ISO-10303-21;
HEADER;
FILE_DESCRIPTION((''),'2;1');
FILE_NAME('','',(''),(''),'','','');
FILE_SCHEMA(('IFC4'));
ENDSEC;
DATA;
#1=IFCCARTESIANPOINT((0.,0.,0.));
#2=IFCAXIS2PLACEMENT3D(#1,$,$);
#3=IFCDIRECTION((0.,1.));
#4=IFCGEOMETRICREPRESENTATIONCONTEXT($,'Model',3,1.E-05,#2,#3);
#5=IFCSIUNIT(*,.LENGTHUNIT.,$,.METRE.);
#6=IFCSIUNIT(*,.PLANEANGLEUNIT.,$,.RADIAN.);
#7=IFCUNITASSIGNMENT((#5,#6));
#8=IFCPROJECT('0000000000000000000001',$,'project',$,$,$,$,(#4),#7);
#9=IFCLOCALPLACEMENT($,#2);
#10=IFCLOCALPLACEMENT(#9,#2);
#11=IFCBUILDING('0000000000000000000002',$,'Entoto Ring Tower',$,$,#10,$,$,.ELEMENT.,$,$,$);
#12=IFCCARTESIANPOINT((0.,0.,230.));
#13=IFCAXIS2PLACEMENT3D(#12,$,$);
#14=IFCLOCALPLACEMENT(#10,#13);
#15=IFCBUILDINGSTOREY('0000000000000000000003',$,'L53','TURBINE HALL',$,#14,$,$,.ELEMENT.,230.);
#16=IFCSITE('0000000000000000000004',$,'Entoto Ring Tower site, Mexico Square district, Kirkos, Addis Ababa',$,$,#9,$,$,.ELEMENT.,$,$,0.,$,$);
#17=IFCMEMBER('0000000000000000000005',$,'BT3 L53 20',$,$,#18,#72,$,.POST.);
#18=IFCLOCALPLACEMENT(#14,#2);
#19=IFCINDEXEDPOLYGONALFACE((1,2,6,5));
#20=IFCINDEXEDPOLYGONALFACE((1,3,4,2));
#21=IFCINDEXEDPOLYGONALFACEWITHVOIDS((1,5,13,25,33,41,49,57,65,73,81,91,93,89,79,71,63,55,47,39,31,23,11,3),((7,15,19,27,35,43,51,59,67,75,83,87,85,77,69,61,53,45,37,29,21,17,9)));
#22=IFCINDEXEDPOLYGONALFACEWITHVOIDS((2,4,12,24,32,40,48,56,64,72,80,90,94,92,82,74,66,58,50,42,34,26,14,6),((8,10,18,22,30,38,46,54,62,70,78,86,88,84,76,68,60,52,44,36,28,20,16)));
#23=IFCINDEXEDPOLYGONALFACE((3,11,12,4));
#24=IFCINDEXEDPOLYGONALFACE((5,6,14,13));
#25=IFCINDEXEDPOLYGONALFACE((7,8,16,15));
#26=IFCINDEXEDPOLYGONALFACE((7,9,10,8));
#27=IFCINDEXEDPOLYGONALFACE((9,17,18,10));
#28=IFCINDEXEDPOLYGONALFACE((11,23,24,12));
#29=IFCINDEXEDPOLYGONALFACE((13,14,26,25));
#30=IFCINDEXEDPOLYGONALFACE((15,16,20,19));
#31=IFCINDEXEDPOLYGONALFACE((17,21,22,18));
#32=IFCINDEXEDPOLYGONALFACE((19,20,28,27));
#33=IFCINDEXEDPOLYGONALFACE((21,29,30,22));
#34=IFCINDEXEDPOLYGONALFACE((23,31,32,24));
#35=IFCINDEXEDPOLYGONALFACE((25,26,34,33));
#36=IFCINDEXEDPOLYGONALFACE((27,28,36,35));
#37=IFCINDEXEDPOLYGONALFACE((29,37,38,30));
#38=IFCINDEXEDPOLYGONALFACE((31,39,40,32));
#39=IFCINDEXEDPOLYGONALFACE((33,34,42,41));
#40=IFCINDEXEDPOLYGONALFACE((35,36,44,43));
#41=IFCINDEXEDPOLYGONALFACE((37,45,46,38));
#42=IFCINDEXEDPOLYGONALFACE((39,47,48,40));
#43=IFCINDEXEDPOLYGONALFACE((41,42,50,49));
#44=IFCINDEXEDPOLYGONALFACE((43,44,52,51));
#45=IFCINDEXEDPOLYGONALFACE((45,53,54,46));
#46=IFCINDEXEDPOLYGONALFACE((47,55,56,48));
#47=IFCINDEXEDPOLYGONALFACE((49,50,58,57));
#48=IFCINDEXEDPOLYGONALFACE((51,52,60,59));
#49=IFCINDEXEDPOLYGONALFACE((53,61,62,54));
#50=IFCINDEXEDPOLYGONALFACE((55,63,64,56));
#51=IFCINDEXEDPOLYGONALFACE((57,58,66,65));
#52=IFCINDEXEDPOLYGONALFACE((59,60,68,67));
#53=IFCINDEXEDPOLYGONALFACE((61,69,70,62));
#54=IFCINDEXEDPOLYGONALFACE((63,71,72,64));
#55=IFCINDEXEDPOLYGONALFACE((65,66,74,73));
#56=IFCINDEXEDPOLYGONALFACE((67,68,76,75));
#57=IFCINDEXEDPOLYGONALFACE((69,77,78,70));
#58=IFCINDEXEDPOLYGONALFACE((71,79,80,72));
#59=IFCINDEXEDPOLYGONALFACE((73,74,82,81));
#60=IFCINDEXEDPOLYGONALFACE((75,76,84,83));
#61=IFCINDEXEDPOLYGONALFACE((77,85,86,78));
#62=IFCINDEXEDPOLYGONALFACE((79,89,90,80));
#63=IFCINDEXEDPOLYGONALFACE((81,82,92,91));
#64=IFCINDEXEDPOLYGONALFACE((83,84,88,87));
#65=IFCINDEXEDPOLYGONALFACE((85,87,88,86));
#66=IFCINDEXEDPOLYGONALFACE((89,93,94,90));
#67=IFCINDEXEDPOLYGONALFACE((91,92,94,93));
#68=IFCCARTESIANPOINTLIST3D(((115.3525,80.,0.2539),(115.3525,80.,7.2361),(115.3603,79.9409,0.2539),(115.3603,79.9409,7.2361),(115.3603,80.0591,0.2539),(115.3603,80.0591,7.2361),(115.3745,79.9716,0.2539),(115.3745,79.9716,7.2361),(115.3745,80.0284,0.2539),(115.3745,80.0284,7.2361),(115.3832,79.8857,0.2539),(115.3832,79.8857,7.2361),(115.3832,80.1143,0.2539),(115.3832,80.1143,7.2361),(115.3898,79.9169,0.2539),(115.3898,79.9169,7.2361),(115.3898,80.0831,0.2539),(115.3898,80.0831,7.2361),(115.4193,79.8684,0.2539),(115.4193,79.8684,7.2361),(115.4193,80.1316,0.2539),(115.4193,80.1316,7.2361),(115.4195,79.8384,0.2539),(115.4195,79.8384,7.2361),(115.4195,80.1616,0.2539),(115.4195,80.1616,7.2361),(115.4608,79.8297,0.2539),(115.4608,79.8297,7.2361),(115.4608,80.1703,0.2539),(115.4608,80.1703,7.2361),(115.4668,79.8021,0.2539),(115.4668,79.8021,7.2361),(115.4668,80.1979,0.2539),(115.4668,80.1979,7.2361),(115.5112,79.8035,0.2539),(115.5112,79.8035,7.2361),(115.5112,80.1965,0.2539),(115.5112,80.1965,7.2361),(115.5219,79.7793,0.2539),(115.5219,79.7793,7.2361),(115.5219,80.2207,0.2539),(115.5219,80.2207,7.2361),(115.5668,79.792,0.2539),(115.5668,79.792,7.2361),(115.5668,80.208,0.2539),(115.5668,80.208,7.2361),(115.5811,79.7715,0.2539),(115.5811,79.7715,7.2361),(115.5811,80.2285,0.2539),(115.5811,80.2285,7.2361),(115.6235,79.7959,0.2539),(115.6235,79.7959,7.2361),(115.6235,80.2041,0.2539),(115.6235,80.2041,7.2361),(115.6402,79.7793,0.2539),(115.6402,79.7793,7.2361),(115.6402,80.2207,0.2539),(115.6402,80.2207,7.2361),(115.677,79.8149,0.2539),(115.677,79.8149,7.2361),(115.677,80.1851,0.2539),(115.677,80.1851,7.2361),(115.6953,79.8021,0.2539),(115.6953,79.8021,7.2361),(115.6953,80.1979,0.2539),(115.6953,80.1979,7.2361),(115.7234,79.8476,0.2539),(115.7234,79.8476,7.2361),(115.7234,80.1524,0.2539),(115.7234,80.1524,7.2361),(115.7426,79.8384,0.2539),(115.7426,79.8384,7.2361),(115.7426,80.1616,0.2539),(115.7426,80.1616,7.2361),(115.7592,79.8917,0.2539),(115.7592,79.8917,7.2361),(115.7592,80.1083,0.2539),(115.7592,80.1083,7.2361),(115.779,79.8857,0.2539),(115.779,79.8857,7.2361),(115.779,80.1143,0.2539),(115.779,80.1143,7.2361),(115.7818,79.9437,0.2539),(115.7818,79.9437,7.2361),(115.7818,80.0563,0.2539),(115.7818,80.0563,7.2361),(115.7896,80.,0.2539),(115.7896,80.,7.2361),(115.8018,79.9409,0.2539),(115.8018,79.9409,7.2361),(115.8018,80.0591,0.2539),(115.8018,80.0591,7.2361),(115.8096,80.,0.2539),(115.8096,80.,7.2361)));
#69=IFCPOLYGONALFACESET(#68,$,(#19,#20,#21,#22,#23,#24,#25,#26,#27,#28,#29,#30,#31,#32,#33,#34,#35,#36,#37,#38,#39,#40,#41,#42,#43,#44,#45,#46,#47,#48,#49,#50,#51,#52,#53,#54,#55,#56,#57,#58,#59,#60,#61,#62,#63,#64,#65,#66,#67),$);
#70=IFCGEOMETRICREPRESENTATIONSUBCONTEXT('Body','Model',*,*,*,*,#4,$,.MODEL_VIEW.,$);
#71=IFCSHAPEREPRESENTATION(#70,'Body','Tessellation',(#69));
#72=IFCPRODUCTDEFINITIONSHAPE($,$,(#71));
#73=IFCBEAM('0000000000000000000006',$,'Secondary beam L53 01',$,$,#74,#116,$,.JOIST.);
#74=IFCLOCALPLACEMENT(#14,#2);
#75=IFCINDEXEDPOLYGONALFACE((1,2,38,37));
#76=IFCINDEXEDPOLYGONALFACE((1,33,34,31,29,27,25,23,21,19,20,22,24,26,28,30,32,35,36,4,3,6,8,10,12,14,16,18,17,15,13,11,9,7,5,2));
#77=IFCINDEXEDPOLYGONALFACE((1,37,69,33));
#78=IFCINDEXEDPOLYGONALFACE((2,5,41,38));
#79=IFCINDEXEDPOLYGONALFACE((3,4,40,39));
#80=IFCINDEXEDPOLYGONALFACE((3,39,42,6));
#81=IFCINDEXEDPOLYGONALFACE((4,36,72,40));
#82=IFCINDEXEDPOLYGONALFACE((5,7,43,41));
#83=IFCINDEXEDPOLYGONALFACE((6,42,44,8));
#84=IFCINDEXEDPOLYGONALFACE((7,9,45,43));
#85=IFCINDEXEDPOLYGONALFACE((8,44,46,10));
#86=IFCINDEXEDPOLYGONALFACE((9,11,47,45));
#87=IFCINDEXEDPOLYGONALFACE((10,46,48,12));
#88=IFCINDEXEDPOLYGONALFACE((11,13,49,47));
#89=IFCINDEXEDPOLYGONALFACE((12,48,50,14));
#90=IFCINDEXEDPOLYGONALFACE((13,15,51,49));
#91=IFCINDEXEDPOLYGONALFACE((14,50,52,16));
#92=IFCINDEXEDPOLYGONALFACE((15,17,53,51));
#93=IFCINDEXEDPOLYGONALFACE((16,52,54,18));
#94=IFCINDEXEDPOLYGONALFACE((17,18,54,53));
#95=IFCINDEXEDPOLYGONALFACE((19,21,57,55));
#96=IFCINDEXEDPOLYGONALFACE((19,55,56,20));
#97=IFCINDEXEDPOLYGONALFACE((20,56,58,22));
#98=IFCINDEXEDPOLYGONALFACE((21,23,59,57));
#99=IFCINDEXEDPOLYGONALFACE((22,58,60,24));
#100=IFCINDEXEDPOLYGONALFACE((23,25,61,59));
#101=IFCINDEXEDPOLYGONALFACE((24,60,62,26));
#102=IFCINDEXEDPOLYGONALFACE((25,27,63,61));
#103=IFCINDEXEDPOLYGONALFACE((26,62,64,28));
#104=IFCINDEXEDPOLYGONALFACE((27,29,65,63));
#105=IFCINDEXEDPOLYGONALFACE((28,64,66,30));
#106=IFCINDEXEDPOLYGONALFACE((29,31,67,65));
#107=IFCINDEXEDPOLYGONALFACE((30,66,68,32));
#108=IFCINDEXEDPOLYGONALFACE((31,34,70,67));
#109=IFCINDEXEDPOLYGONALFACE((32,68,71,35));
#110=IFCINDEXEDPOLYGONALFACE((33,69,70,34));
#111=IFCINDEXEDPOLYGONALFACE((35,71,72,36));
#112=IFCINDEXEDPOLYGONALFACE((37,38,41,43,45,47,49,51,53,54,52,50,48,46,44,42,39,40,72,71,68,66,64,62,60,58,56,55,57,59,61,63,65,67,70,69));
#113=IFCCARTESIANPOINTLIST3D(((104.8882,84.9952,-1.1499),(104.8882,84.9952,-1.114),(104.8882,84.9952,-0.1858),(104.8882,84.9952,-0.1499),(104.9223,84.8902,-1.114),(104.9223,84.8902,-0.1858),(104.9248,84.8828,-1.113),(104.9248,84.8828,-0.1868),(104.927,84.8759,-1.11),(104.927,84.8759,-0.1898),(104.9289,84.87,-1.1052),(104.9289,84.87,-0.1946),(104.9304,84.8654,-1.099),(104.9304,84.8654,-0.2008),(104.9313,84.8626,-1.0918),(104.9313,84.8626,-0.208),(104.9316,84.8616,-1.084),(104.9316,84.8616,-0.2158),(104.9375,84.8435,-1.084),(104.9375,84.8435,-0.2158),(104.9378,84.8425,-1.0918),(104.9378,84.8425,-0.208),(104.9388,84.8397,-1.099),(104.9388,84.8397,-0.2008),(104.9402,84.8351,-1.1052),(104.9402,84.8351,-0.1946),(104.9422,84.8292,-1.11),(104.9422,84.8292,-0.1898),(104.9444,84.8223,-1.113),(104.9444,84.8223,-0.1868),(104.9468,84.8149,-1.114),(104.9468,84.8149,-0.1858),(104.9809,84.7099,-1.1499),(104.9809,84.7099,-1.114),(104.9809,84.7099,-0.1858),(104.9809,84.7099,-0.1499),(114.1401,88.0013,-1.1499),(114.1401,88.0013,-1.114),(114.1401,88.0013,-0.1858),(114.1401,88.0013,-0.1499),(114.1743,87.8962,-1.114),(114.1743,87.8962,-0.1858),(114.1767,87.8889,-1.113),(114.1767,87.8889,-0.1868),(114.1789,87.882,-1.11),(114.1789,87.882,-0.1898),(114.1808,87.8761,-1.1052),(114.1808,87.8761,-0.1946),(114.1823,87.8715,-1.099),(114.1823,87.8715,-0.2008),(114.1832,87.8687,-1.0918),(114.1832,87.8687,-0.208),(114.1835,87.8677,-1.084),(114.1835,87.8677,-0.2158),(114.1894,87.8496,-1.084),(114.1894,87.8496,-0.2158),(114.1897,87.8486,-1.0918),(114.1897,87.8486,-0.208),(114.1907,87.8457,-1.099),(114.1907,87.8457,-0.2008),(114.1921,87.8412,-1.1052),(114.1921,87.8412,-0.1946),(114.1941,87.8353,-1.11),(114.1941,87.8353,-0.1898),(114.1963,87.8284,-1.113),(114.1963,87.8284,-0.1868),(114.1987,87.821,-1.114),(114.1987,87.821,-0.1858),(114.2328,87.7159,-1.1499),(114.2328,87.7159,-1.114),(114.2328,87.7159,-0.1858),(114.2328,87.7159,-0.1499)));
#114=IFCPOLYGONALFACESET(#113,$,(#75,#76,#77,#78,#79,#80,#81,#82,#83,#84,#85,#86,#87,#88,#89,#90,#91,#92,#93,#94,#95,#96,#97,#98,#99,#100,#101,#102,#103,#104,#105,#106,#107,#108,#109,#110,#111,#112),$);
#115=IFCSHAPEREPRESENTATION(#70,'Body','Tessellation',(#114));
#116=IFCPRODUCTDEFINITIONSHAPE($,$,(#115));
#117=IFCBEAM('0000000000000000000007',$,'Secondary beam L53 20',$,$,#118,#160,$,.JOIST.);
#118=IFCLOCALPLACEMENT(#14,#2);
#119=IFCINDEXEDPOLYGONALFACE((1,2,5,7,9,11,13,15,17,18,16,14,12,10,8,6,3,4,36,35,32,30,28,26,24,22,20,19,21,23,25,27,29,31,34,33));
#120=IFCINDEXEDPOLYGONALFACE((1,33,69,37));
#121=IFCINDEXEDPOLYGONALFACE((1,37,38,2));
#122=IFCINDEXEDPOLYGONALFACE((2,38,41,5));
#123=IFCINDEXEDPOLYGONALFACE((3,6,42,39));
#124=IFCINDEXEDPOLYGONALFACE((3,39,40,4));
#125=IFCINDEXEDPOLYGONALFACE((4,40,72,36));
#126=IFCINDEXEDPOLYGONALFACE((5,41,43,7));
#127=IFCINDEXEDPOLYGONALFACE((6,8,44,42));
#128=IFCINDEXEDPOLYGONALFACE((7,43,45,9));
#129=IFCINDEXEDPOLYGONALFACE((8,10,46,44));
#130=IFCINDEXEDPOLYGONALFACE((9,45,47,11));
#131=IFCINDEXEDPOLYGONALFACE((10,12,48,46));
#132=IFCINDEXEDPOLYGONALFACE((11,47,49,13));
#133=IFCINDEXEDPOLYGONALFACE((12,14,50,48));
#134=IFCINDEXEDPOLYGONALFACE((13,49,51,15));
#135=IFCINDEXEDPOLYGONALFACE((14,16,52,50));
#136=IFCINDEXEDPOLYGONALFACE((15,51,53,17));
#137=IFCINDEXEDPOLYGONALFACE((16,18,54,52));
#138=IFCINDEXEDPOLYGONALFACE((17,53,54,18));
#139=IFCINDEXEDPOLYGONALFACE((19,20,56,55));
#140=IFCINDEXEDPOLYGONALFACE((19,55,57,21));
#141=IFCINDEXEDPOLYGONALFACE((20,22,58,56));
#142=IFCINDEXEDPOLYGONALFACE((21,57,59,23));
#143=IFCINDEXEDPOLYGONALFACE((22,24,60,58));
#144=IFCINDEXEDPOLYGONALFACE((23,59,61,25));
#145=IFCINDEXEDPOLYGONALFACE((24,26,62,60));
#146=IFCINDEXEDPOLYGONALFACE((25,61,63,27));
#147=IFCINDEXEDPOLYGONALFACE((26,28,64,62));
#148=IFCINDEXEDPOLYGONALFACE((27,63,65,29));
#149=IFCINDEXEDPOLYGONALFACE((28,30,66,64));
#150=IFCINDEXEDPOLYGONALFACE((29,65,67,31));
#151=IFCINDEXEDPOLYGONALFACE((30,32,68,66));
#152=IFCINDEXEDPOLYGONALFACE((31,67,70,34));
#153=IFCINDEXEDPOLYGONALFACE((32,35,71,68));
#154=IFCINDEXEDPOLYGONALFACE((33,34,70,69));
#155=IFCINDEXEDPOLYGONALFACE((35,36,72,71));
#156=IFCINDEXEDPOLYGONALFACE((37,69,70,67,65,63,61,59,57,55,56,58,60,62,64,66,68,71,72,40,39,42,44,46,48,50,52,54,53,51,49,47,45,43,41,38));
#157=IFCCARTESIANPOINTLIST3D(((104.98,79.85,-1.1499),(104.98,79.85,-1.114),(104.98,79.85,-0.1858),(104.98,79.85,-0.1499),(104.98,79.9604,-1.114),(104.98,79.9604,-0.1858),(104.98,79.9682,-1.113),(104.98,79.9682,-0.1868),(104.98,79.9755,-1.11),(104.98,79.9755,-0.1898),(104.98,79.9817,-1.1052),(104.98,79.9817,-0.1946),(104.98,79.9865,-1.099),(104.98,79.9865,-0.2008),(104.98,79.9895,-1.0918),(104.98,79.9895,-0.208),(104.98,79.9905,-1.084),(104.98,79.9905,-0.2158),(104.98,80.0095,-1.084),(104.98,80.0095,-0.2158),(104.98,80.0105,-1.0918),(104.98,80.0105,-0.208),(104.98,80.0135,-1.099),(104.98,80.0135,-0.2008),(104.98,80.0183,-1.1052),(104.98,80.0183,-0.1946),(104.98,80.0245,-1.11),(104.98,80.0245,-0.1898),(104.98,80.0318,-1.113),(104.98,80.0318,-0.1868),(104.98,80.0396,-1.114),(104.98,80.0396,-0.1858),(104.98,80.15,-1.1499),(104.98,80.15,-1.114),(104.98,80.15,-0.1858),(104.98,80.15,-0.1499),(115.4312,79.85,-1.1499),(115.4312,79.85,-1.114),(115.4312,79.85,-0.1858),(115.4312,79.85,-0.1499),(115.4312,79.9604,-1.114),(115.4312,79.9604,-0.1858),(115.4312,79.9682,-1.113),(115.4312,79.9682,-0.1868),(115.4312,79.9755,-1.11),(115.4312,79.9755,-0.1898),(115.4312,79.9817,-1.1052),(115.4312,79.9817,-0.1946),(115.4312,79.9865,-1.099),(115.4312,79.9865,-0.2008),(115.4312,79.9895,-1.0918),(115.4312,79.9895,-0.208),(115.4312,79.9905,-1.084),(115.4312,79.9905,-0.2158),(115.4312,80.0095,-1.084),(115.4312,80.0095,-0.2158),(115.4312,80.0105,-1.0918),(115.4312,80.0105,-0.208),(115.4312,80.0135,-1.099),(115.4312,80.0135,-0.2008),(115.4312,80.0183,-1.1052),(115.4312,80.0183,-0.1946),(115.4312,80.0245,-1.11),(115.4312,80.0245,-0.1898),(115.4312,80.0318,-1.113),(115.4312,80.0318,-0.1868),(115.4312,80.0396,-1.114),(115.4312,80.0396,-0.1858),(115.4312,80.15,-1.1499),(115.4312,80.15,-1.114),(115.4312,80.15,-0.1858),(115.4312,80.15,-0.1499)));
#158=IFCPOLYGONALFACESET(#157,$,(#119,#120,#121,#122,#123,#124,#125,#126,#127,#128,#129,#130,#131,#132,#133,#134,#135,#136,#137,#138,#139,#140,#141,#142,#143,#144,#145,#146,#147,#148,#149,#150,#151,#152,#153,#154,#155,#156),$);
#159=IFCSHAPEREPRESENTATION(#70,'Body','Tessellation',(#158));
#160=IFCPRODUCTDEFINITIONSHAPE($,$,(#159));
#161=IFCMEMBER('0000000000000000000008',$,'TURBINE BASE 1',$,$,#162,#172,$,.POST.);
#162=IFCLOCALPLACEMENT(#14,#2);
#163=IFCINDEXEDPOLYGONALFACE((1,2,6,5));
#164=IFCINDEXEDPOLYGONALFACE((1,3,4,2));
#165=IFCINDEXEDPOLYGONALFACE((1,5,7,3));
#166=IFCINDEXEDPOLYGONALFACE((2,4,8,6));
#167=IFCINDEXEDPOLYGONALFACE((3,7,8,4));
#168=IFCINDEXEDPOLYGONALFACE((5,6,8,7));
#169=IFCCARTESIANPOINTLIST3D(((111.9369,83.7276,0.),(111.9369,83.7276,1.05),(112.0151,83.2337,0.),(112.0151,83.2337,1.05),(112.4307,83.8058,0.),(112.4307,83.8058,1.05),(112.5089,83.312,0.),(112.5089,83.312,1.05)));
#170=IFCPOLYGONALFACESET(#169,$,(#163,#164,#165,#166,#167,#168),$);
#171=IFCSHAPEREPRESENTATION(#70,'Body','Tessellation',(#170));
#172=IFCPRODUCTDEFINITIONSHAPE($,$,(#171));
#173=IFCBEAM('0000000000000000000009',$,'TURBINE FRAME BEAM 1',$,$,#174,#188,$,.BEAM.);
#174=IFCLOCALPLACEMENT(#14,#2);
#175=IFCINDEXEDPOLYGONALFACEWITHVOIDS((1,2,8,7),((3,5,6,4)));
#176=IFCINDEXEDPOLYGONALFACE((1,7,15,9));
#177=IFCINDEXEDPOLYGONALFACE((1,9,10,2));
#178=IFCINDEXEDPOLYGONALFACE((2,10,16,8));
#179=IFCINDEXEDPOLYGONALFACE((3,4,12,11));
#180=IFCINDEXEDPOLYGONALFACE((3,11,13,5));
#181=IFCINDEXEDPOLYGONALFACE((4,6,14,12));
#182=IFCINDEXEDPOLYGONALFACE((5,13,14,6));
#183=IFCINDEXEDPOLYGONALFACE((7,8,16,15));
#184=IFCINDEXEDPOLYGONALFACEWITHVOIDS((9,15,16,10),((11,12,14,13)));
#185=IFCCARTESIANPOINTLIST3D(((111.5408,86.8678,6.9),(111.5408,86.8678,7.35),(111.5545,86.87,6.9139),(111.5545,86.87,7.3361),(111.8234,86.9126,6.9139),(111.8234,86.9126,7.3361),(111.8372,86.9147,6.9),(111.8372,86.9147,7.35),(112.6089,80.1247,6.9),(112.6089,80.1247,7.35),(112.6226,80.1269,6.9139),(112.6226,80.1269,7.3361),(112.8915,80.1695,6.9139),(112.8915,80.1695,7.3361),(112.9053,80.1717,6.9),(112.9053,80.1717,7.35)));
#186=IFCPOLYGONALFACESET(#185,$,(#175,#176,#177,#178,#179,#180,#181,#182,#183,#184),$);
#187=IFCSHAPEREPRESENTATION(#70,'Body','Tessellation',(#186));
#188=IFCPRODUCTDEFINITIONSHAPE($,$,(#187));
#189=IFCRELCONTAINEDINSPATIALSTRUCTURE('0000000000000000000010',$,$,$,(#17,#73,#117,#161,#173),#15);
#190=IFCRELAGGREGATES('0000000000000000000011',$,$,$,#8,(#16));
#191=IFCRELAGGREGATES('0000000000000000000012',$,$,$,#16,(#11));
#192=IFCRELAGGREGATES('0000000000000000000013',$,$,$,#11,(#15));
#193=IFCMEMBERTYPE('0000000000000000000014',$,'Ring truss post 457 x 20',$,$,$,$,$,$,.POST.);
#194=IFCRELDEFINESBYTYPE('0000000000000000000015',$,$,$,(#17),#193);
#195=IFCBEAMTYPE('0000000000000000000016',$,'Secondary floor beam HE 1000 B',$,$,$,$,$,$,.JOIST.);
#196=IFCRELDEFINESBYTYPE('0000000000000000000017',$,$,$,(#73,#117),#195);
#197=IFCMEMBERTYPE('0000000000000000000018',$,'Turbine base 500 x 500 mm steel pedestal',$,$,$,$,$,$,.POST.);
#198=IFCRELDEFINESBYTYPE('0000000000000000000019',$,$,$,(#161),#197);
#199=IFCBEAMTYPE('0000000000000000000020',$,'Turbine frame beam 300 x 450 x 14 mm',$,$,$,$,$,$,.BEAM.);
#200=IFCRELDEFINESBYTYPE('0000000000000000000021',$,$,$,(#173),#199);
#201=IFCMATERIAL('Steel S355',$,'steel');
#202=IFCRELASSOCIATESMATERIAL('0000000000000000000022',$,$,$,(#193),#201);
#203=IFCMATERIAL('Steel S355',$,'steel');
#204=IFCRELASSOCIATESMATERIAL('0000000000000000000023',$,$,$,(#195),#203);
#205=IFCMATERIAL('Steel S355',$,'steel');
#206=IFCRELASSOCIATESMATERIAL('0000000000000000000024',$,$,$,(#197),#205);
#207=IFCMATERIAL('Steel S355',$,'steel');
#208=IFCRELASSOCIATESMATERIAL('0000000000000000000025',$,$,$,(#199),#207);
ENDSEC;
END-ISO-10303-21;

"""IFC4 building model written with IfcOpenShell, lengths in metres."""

from ifc_helpers import new_model, si_unit, direction, frame, origin, origin_2d, place, context, subcontext, project, spatial, rectangle, hollow_rectangle, circle, hollow_circle, i_section, extrude, material, material_profile, profile_set, type_object, element, save


model = new_model("IFC4")

# Units and contexts
model_context = context("Model", 3, precision=1e-05, world=origin(), true_north=direction((0.0, 1.0)))
body_context = subcontext(model_context, "Body", "Model", "MODEL_VIEW")
ifc_project = project(units=[si_unit("LENGTHUNIT", "METRE"), si_unit("PLANEANGLEUNIT", "RADIAN")], contexts=[model_context])

# Site, building, storey
site_placement = place(None, origin())
site = spatial("IfcSite", under=ifc_project, at=site_placement, Name="Entoto Ring Tower site, Mexico Square district, Kirkos, Addis Ababa", CompositionType="ELEMENT", RefElevation=0.0)
building_placement = place(site_placement, origin())
building = spatial("IfcBuilding", under=site, at=building_placement, Name="Entoto Ring Tower", CompositionType="ELEMENT")
storey_placement = place(building_placement, frame((0.0, 0.0, 230.0)))
storey = spatial("IfcBuildingStorey", under=building, at=storey_placement, Name="L53", Description="TURBINE HALL", CompositionType="ELEMENT", Elevation=230.0)

# Member
ifc_material_1 = material(Name="Steel S355", Category="steel")
ifc_material_profile_1 = material_profile(ifc_material_1, hollow_circle(Radius=0.2285, WallThickness=0.02, at=origin_2d()), Name="CHS 457 x 20")
ifc_material_2 = material(Name="Concrete C60/75", Category="concrete")
ifc_material_profile_2 = material_profile(ifc_material_2, circle(Radius=0.2085, at=origin_2d()), Name="Concrete C60/75 infill")
ifc_profile_set_1 = profile_set([ifc_material_profile_1, ifc_material_profile_2], Name="Steel S355")
member_type_1 = type_object("IfcMemberType", Name="Ring truss post 457 x 20", PredefinedType="POST", material=ifc_profile_set_1)
member_1_placement = place(storey_placement, frame((115.5811, 80.0, 0.2539), z_axis=(0.0, 0.0, 1.0), x_axis=(1.0, 0.0, 0.0)))
element("IfcMember", 1, at=member_1_placement, inside=storey, type_object=member_type_1, Name="BT3 L53 20", PredefinedType="POST", context=body_context, shape_type="SweptSolid", body=[
    extrude(hollow_circle(Radius=0.2285, WallThickness=0.02, at=origin_2d()), origin(), (0.0, 0.0, 1.0), 6.9822),
])

# Beams
ifc_material_3 = material(Name="Steel S355", Category="steel")
ifc_material_profile_3 = material_profile(ifc_material_3, i_section(OverallWidth=0.3, OverallDepth=1.0, WebThickness=0.019, FlangeThickness=0.0359, FilletRadius=0.03, at=origin_2d()), Name="HE 1000 B")
ifc_profile_set_2 = profile_set([ifc_material_profile_3], Name="Steel S355")
beam_type_1 = type_object("IfcBeamType", Name="Secondary floor beam HE 1000 B", PredefinedType="JOIST", material=ifc_profile_set_2)
beam_1_placement = place(storey_placement, frame((104.9346, 84.8525, -0.6499), z_axis=(0.951058, 0.309013, 0.0), x_axis=(-0.309013, 0.951058, 0.0)))
element("IfcBeam", 2, at=beam_1_placement, inside=storey, type_object=beam_type_1, Name="Secondary beam L53 01", PredefinedType="JOIST", context=body_context, shape_type="SweptSolid", body=[
    extrude(i_section(OverallWidth=0.3, OverallDepth=1.0, WebThickness=0.019, FlangeThickness=0.0359, FilletRadius=0.03, at=origin_2d()), origin(), (0.0, 0.0, 1.0), 9.728),
])
beam_2_placement = place(storey_placement, frame((104.98, 80.0, -0.6499), z_axis=(1.0, 0.0, 0.0), x_axis=(0.0, 1.0, 0.0)))
element("IfcBeam", 3, at=beam_2_placement, inside=storey, type_object=beam_type_1, Name="Secondary beam L53 20", PredefinedType="JOIST", context=body_context, shape_type="SweptSolid", body=[
    extrude(i_section(OverallWidth=0.3, OverallDepth=1.0, WebThickness=0.019, FlangeThickness=0.0359, FilletRadius=0.03, at=origin_2d()), origin(), (0.0, 0.0, 1.0), 10.4512),
])

# Member
ifc_material_4 = material(Name="Steel S355", Category="steel")
ifc_material_profile_4 = material_profile(ifc_material_4, rectangle(XDim=0.5, YDim=0.5, at=origin_2d()), Name="Turbine base 500 x 500 mm steel pedestal")
ifc_profile_set_3 = profile_set([ifc_material_profile_4], Name="Steel S355")
member_type_2 = type_object("IfcMemberType", Name="Turbine base 500 x 500 mm steel pedestal", PredefinedType="POST", material=ifc_profile_set_3)
member_2_placement = place(storey_placement, frame((112.2229, 83.5198, 0.0), z_axis=(0.0, 0.0, 1.0), x_axis=(-0.156434, 0.987688, 0.0)))
element("IfcMember", 4, at=member_2_placement, inside=storey, type_object=member_type_2, Name="TURBINE BASE 1", PredefinedType="POST", context=body_context, shape_type="SweptSolid", body=[
    extrude(rectangle(XDim=0.5, YDim=0.5, at=origin_2d()), origin(), (0.0, 0.0, 1.0), 1.05),
])

# Beam
ifc_material_5 = material(Name="Steel S355", Category="steel")
ifc_material_profile_5 = material_profile(ifc_material_5, hollow_rectangle(XDim=0.3, YDim=0.45, WallThickness=0.0139, at=origin_2d()), Name="Turbine frame beam 300 x 450 x 14 mm")
ifc_profile_set_4 = profile_set([ifc_material_profile_5], Name="Steel S355")
beam_type_2 = type_object("IfcBeamType", Name="Turbine frame beam 300 x 450 x 14 mm", PredefinedType="BEAM", material=ifc_profile_set_4)
beam_3_placement = place(storey_placement, frame((112.7571, 80.1482, 7.125), z_axis=(-0.156449, 0.987686, 0.0), x_axis=(-0.987686, -0.156449, 0.0)))
element("IfcBeam", 5, at=beam_3_placement, inside=storey, type_object=beam_type_2, Name="TURBINE FRAME BEAM 1", PredefinedType="BEAM", context=body_context, shape_type="SweptSolid", body=[
    extrude(hollow_rectangle(XDim=0.3, YDim=0.45, WallThickness=0.0139, at=origin_2d()), origin(), (0.0, 0.0, 1.0), 6.8271),
])

save(model, "model.ifc")
